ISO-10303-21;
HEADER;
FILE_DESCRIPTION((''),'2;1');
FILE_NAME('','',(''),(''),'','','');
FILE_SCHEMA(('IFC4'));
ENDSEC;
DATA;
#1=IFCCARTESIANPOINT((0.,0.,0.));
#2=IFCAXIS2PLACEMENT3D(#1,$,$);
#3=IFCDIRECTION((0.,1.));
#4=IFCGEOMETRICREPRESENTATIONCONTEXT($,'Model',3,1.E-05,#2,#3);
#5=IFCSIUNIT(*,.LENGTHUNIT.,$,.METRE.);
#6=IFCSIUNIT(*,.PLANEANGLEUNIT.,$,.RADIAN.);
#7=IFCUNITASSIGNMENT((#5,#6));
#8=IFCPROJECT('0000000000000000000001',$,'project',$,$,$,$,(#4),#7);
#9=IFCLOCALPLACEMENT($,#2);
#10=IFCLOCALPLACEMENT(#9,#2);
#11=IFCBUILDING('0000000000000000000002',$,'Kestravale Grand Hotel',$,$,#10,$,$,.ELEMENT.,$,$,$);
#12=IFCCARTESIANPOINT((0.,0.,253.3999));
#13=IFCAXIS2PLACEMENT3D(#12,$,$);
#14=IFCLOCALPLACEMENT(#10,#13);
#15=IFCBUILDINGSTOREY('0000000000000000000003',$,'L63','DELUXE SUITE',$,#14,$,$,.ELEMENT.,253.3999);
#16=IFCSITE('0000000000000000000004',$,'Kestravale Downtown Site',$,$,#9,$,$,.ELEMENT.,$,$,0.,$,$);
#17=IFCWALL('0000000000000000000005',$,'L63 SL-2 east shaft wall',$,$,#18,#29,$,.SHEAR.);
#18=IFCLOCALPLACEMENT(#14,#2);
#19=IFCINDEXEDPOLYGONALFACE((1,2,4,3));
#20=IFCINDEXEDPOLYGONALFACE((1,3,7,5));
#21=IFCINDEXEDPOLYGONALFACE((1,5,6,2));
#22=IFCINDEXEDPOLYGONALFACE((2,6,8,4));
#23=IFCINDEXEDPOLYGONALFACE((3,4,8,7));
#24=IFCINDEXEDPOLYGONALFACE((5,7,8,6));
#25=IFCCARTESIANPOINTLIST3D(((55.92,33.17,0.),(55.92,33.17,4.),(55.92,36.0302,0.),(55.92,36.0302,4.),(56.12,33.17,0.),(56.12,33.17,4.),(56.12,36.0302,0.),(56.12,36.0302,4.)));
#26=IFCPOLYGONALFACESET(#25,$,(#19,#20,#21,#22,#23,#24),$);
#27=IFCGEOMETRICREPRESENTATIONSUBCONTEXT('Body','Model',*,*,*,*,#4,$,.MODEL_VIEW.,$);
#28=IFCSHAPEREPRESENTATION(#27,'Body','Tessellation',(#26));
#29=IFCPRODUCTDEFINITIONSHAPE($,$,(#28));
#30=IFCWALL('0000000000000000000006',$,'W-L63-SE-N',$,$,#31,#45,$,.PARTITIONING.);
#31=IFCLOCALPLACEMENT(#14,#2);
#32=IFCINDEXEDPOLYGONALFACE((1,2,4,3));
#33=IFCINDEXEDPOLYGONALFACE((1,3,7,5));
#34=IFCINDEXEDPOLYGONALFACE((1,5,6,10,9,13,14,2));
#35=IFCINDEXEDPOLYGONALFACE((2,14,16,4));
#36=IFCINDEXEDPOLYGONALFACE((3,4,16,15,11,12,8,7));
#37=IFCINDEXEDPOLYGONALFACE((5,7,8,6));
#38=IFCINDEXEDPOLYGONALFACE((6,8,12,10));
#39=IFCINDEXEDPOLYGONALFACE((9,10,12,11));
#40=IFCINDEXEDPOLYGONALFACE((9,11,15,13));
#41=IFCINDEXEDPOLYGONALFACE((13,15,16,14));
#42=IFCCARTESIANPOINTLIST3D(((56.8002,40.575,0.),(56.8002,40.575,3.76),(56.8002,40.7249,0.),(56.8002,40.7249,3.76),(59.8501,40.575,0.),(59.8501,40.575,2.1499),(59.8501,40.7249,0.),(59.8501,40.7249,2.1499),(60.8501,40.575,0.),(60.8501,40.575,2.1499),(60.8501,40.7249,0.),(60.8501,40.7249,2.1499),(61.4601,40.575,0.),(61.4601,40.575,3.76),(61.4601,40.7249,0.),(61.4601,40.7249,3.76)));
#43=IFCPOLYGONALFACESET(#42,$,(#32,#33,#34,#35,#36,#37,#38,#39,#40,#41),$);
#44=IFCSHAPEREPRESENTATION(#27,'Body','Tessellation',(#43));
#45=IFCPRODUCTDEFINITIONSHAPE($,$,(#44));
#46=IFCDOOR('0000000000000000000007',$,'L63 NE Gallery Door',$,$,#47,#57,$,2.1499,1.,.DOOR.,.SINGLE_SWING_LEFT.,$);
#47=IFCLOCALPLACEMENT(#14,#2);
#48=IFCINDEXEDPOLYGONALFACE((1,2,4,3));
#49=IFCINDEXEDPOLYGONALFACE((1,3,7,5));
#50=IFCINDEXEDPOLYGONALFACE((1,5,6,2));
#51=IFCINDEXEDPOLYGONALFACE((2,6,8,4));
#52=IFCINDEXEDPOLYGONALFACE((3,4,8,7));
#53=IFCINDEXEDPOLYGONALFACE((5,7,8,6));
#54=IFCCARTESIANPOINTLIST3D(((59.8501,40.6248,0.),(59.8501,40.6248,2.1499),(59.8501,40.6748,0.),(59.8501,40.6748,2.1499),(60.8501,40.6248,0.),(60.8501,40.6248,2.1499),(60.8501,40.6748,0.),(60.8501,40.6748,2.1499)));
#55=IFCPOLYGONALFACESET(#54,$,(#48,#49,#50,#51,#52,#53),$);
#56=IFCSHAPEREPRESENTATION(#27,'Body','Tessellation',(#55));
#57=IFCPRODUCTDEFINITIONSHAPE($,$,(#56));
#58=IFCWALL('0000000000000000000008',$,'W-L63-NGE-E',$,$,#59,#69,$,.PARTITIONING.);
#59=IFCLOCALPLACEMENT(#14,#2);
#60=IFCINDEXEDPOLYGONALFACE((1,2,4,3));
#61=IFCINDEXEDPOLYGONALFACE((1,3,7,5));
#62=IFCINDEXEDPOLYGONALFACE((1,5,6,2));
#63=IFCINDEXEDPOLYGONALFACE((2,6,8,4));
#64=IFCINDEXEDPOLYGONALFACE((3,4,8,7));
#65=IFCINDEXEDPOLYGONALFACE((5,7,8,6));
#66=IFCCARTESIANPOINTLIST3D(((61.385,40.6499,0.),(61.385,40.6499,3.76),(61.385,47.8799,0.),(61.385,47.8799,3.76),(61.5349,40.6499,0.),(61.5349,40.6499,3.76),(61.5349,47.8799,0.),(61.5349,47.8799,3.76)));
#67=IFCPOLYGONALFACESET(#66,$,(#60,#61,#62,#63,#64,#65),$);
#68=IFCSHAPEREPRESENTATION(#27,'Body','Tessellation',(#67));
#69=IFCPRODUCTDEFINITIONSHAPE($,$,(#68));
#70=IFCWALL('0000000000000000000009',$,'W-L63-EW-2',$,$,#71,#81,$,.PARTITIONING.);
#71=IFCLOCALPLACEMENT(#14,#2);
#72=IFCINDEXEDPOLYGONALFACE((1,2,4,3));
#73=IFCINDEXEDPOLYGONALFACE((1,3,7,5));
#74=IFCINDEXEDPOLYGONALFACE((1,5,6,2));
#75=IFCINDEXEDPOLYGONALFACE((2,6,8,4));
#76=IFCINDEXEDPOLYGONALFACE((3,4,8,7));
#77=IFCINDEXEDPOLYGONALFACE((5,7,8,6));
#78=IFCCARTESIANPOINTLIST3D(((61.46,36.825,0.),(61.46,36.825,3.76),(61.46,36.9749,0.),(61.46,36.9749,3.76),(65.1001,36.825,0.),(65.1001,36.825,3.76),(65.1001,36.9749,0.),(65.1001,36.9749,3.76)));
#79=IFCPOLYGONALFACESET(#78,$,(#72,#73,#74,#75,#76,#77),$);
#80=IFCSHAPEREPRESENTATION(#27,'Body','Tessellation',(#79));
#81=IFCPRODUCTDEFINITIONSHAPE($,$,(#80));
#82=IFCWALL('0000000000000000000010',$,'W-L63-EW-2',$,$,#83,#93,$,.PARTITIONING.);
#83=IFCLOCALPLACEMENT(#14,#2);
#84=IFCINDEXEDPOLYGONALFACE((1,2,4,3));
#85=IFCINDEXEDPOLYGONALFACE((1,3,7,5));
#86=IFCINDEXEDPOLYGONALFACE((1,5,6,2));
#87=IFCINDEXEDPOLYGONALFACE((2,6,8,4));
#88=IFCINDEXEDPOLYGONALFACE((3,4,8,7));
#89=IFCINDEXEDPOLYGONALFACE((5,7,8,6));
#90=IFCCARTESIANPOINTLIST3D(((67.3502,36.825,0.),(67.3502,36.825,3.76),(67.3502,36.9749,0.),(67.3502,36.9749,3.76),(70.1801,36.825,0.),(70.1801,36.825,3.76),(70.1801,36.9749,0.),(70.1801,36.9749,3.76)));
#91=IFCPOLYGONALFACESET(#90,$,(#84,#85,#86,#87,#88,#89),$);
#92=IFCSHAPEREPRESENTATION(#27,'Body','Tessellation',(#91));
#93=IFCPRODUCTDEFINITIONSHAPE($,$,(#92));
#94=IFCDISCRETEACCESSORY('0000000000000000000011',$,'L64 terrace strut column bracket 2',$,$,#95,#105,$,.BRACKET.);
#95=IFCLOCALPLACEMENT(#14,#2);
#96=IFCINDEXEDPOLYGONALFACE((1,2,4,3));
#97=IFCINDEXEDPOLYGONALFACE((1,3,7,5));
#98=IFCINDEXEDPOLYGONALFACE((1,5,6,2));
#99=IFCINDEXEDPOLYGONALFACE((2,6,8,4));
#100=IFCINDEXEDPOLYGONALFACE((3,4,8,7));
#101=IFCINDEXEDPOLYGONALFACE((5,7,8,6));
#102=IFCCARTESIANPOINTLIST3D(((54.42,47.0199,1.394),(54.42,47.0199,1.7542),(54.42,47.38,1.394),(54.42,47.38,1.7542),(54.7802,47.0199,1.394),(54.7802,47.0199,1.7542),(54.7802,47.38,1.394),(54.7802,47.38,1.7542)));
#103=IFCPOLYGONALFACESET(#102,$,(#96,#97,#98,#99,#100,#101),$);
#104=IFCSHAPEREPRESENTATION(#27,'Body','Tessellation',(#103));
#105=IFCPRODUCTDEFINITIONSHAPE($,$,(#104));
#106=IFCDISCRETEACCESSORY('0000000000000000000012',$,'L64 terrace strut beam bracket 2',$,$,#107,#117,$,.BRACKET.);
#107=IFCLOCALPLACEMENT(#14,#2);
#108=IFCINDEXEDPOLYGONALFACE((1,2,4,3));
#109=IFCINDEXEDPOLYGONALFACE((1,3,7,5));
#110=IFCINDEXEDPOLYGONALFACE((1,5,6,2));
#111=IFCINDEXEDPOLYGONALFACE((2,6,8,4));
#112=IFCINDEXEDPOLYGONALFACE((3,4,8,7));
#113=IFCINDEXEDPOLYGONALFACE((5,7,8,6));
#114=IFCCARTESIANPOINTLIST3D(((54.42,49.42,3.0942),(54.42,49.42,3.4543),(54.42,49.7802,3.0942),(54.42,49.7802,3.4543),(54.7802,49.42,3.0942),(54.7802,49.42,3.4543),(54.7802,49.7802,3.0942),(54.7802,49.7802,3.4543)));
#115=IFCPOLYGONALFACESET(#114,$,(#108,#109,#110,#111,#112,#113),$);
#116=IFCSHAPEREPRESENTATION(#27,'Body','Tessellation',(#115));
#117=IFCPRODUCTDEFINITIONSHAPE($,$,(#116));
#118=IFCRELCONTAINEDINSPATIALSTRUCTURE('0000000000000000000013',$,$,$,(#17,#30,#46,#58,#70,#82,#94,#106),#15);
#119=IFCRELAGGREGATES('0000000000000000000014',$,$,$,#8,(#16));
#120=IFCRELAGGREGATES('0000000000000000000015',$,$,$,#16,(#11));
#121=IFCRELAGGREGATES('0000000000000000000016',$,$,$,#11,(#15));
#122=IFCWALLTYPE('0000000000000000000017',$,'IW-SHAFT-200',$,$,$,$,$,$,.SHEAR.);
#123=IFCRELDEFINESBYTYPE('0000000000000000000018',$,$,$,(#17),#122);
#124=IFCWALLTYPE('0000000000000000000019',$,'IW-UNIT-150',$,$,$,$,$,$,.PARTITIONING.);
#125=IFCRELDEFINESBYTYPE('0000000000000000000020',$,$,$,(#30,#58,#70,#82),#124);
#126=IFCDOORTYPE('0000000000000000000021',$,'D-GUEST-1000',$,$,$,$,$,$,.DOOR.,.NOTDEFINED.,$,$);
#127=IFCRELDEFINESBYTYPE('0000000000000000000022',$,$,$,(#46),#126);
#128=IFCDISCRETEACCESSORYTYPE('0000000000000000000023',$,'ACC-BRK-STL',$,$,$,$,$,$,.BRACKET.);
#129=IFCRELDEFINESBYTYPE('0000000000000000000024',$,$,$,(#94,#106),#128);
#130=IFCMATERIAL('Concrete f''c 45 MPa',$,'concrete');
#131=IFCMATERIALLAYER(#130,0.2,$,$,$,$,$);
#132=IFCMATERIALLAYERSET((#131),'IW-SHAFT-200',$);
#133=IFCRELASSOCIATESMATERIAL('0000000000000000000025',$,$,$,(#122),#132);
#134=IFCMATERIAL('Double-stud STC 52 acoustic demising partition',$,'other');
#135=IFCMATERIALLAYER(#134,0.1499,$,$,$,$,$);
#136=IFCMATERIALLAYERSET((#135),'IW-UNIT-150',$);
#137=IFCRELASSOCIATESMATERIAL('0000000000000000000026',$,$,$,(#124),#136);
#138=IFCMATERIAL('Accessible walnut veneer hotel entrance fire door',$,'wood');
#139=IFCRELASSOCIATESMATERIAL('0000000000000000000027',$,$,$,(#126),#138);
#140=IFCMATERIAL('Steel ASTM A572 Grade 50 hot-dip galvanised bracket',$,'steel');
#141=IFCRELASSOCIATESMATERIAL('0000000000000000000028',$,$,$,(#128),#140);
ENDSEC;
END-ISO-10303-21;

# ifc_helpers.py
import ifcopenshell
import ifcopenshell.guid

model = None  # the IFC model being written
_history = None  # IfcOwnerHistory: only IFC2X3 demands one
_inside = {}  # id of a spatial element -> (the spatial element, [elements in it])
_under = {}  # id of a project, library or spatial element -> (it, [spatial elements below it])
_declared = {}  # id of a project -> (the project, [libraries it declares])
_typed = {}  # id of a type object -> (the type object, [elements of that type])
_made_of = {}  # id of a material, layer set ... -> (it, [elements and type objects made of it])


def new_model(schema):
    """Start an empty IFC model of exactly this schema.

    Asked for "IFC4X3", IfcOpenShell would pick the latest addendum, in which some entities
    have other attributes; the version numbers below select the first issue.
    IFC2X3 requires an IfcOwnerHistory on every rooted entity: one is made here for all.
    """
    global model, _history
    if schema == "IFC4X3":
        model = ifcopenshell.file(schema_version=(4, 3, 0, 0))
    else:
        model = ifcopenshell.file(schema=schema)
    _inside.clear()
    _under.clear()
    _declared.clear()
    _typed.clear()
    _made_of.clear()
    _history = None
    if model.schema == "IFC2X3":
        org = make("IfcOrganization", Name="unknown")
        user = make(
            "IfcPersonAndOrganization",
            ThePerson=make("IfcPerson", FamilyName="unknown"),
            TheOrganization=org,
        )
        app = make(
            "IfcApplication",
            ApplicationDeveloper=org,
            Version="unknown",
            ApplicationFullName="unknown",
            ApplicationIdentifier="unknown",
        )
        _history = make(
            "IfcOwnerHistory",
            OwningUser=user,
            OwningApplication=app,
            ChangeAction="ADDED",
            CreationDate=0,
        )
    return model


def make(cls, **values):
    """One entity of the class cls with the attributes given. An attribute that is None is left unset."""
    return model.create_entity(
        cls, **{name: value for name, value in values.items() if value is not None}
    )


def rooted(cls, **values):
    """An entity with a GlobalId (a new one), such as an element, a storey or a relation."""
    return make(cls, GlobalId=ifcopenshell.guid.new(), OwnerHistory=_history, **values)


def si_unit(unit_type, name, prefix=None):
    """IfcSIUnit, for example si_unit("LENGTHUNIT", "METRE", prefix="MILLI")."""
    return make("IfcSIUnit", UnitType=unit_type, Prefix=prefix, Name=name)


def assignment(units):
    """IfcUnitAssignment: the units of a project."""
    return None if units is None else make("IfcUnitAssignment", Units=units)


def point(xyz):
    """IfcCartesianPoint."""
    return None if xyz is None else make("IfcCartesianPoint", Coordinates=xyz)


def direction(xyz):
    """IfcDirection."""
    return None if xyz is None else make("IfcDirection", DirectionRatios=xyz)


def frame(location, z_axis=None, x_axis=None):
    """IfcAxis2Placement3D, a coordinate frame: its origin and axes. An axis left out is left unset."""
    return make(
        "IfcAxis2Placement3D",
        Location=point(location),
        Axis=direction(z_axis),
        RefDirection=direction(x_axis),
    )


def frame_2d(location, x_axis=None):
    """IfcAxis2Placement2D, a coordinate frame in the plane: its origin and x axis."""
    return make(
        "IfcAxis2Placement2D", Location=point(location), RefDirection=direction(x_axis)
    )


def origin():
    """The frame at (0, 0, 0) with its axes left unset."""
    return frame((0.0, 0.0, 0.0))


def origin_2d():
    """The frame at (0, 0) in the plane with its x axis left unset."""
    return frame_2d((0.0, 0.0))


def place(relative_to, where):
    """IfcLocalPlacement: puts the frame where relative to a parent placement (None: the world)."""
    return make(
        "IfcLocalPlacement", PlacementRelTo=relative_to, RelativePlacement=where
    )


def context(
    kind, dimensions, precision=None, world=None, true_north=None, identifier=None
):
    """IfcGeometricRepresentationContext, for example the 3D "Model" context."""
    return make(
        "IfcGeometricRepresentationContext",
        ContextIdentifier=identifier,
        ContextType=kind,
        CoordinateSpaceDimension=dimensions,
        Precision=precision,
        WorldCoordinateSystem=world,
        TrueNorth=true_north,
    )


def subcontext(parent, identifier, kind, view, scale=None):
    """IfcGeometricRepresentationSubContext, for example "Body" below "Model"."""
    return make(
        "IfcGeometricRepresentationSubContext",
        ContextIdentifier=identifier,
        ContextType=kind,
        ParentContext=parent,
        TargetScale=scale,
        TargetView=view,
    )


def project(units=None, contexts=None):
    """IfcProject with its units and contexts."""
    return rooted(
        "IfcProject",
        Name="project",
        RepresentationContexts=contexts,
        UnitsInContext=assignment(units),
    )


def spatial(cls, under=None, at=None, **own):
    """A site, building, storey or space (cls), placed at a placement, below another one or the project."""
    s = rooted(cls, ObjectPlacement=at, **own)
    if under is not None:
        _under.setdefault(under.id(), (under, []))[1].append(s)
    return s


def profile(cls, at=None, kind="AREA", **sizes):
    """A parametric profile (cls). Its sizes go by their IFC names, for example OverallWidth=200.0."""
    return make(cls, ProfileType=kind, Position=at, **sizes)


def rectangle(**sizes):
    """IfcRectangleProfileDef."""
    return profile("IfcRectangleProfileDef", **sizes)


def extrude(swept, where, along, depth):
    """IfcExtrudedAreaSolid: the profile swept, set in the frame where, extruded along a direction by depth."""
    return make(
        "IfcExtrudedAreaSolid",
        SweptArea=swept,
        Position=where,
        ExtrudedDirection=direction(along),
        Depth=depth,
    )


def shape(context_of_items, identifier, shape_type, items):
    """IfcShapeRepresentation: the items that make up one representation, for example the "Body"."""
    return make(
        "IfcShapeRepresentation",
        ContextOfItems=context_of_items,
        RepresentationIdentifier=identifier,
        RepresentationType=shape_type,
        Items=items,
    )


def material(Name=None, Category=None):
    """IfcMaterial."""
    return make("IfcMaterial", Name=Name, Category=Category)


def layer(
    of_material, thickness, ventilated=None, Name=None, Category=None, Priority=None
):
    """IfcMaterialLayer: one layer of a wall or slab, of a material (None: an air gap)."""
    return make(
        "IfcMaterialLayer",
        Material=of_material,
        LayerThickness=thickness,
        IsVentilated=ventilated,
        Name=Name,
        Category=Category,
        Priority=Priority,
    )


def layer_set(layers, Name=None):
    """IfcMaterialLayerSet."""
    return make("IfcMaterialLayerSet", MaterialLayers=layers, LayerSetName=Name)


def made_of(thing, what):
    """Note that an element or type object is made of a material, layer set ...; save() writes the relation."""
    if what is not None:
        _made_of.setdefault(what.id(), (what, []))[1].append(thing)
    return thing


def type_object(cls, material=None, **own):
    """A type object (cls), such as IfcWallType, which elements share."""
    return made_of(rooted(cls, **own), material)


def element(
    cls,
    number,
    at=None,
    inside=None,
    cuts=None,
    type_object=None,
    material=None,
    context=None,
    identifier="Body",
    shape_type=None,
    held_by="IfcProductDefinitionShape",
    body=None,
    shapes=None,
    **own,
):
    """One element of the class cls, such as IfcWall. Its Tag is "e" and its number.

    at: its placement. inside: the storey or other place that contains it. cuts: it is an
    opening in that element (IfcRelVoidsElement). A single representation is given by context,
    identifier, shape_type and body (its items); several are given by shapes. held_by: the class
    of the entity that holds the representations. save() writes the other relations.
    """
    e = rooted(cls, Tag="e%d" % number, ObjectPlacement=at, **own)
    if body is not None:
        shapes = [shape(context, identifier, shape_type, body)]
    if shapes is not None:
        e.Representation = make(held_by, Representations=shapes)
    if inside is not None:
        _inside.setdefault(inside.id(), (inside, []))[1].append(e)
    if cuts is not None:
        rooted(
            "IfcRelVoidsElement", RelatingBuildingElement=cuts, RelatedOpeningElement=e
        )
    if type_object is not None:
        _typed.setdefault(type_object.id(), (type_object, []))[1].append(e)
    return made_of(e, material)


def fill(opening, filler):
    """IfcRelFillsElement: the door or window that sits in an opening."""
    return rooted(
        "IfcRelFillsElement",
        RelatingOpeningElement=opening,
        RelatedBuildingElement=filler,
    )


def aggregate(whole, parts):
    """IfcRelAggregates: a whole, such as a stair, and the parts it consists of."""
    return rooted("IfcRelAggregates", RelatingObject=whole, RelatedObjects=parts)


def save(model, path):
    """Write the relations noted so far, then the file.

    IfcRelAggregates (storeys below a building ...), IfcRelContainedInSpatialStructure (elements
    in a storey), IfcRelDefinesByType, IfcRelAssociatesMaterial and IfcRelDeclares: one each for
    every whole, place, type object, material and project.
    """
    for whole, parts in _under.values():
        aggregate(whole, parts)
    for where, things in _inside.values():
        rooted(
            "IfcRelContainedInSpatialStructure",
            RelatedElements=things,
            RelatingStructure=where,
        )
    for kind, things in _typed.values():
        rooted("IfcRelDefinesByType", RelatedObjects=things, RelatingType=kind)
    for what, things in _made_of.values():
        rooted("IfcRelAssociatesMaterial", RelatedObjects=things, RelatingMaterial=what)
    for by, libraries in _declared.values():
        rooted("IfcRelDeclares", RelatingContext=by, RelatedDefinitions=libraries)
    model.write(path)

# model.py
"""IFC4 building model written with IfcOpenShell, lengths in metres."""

from ifc_helpers import new_model, si_unit, direction, frame, frame_2d, origin, origin_2d, place, context, subcontext, project, spatial, rectangle, extrude, material, layer, layer_set, type_object, element, fill, save


model = new_model("IFC4")

# Units and contexts
model_context = context("Model", 3, precision=1e-05, world=origin(), true_north=direction((0.0, 1.0)))
body_context = subcontext(model_context, "Body", "Model", "MODEL_VIEW")
ifc_project = project(units=[si_unit("LENGTHUNIT", "METRE"), si_unit("PLANEANGLEUNIT", "RADIAN")], contexts=[model_context])

# Site, building, storey
site_placement = place(None, origin())
site = spatial("IfcSite", under=ifc_project, at=site_placement, Name="Kestravale Downtown Site", CompositionType="ELEMENT", RefElevation=0.0)
building_placement = place(site_placement, origin())
building = spatial("IfcBuilding", under=site, at=building_placement, Name="Kestravale Grand Hotel", CompositionType="ELEMENT")
storey_placement = place(building_placement, frame((0.0, 0.0, 253.3999)))
storey = spatial("IfcBuildingStorey", under=building, at=storey_placement, Name="L63", Description="DELUXE SUITE", CompositionType="ELEMENT", Elevation=253.3999)

# Wall
ifc_material_1 = material(Name="Concrete f'c 45 MPa", Category="concrete")
ifc_layer_1 = layer(ifc_material_1, 0.2)
ifc_layer_set_1 = layer_set([ifc_layer_1], Name="IW-SHAFT-200")
wall_type_1 = type_object("IfcWallType", Name="IW-SHAFT-200", PredefinedType="SHEAR", material=ifc_layer_set_1)
wall_1_placement = place(storey_placement, frame((56.02, 33.1699, 0.0), z_axis=(0.0, 0.0, 1.0), x_axis=(0.0, 1.0, 0.0)))
element("IfcWall", 1, at=wall_1_placement, inside=storey, type_object=wall_type_1, Name="L63 SL-2 east shaft wall", PredefinedType="SHEAR", context=body_context, shape_type="SweptSolid", body=[
    extrude(rectangle(XDim=2.8601, YDim=0.2, at=frame_2d((1.4302, 0.0))), origin(), (0.0, 0.0, 1.0), 4.0),
])

# Wall, opening, door
ifc_material_2 = material(Name="Double-stud STC 52 acoustic demising partition", Category="other")
ifc_layer_2 = layer(ifc_material_2, 0.1499)
ifc_layer_set_2 = layer_set([ifc_layer_2], Name="IW-UNIT-150")
wall_type_2 = type_object("IfcWallType", Name="IW-UNIT-150", PredefinedType="PARTITIONING", material=ifc_layer_set_2)
wall_2_placement = place(storey_placement, frame((56.8, 40.6499, 0.0), z_axis=(0.0, 0.0, 1.0), x_axis=(1.0, 0.0, 0.0)))
wall_2 = element("IfcWall", 2, at=wall_2_placement, inside=storey, type_object=wall_type_2, Name="W-L63-SE-N", PredefinedType="PARTITIONING", context=body_context, shape_type="SweptSolid", body=[
    extrude(rectangle(XDim=4.6599, YDim=0.1499, at=frame_2d((2.3301, 0.0))), origin(), (0.0, 0.0, 1.0), 3.76),
])
opening_1_placement = place(wall_2_placement, frame((3.05, 0.0, 0.0)))
opening_1 = element("IfcOpeningElement", 3, at=opening_1_placement, cuts=wall_2, PredefinedType="OPENING", context=body_context, shape_type="SweptSolid", body=[
    extrude(rectangle(XDim=1.0, YDim=2.1499, at=frame_2d((0.5, 1.075))), frame((0.0, 0.085, 0.0), z_axis=(0.0, -1.0, 0.0), x_axis=(1.0, 0.0, 0.0)), (0.0, 0.0, 1.0), 0.1699),
])
ifc_material_3 = material(Name="Accessible walnut veneer hotel entrance fire door", Category="wood")
door_type_1 = type_object("IfcDoorType", Name="D-GUEST-1000", OperationType="NOTDEFINED", PredefinedType="DOOR", material=ifc_material_3)
door_1_placement = place(opening_1_placement, origin())
door_1 = element("IfcDoor", 4, at=door_1_placement, inside=storey, type_object=door_type_1, Name="L63 NE Gallery Door", OperationType="SINGLE_SWING_LEFT", OverallHeight=2.1499, OverallWidth=1.0, PredefinedType="DOOR", context=body_context, shape_type="SweptSolid", body=[
    extrude(rectangle(XDim=1.0, YDim=2.1499, at=frame_2d((0.5, 1.075))), frame((0.0, 0.0249, 0.0), z_axis=(0.0, -1.0, 0.0), x_axis=(1.0, 0.0, 0.0)), (0.0, 0.0, 1.0), 0.05),
])
fill(opening_1, door_1)

# Walls
wall_3_placement = place(storey_placement, frame((61.46, 40.6499, 0.0), z_axis=(0.0, 0.0, 1.0), x_axis=(0.0, 1.0, 0.0)))
element("IfcWall", 5, at=wall_3_placement, inside=storey, type_object=wall_type_2, Name="W-L63-NGE-E", PredefinedType="PARTITIONING", context=body_context, shape_type="SweptSolid", body=[
    extrude(rectangle(XDim=7.23, YDim=0.1499, at=frame_2d((3.615, 0.0))), origin(), (0.0, 0.0, 1.0), 3.76),
])
wall_4_placement = place(storey_placement, frame((61.46, 36.8999, 0.0), z_axis=(0.0, 0.0, 1.0), x_axis=(1.0, 0.0, 0.0)))
element("IfcWall", 6, at=wall_4_placement, inside=storey, type_object=wall_type_2, Name="W-L63-EW-2", PredefinedType="PARTITIONING", context=body_context, shape_type="SweptSolid", body=[
    extrude(rectangle(XDim=3.6401, YDim=0.1499, at=frame_2d((1.8201, 0.0))), origin(), (0.0, 0.0, 1.0), 3.76),
])
wall_5_placement = place(storey_placement, frame((67.3501, 36.8999, 0.0), z_axis=(0.0, 0.0, 1.0), x_axis=(1.0, 0.0, 0.0)))
element("IfcWall", 7, at=wall_5_placement, inside=storey, type_object=wall_type_2, Name="W-L63-EW-2", PredefinedType="PARTITIONING", context=body_context, shape_type="SweptSolid", body=[
    extrude(rectangle(XDim=2.8298, YDim=0.1499, at=frame_2d((1.415, 0.0))), origin(), (0.0, 0.0, 1.0), 3.76),
])

# Discrete accessories
ifc_material_4 = material(Name="Steel ASTM A572 Grade 50 hot-dip galvanised bracket", Category="steel")
discrete_accessory_type = type_object("IfcDiscreteAccessoryType", Name="ACC-BRK-STL", PredefinedType="BRACKET", material=ifc_material_4)
for number, where, z_axis, x_axis, name in (
    (8, (54.6001, 47.2, 1.394), (0.0, 0.0, 1.0), (1.0, 0.0, 0.0), "L64 terrace strut column bracket 2"),
    (9, (54.6001, 49.6001, 3.0942), (0.0, 0.0, 1.0), (1.0, 0.0, 0.0), "L64 terrace strut beam bracket 2"),
):
    element("IfcDiscreteAccessory", number, at=place(storey_placement, frame(where, z_axis=z_axis, x_axis=x_axis)), inside=storey, type_object=discrete_accessory_type, Name=name, PredefinedType="BRACKET", context=body_context, shape_type="SweptSolid", body=[
        extrude(rectangle(XDim=0.3601, YDim=0.3601, at=origin_2d()), origin(), (0.0, 0.0, 1.0), 0.3601),
    ])

save(model, "model.ifc")
